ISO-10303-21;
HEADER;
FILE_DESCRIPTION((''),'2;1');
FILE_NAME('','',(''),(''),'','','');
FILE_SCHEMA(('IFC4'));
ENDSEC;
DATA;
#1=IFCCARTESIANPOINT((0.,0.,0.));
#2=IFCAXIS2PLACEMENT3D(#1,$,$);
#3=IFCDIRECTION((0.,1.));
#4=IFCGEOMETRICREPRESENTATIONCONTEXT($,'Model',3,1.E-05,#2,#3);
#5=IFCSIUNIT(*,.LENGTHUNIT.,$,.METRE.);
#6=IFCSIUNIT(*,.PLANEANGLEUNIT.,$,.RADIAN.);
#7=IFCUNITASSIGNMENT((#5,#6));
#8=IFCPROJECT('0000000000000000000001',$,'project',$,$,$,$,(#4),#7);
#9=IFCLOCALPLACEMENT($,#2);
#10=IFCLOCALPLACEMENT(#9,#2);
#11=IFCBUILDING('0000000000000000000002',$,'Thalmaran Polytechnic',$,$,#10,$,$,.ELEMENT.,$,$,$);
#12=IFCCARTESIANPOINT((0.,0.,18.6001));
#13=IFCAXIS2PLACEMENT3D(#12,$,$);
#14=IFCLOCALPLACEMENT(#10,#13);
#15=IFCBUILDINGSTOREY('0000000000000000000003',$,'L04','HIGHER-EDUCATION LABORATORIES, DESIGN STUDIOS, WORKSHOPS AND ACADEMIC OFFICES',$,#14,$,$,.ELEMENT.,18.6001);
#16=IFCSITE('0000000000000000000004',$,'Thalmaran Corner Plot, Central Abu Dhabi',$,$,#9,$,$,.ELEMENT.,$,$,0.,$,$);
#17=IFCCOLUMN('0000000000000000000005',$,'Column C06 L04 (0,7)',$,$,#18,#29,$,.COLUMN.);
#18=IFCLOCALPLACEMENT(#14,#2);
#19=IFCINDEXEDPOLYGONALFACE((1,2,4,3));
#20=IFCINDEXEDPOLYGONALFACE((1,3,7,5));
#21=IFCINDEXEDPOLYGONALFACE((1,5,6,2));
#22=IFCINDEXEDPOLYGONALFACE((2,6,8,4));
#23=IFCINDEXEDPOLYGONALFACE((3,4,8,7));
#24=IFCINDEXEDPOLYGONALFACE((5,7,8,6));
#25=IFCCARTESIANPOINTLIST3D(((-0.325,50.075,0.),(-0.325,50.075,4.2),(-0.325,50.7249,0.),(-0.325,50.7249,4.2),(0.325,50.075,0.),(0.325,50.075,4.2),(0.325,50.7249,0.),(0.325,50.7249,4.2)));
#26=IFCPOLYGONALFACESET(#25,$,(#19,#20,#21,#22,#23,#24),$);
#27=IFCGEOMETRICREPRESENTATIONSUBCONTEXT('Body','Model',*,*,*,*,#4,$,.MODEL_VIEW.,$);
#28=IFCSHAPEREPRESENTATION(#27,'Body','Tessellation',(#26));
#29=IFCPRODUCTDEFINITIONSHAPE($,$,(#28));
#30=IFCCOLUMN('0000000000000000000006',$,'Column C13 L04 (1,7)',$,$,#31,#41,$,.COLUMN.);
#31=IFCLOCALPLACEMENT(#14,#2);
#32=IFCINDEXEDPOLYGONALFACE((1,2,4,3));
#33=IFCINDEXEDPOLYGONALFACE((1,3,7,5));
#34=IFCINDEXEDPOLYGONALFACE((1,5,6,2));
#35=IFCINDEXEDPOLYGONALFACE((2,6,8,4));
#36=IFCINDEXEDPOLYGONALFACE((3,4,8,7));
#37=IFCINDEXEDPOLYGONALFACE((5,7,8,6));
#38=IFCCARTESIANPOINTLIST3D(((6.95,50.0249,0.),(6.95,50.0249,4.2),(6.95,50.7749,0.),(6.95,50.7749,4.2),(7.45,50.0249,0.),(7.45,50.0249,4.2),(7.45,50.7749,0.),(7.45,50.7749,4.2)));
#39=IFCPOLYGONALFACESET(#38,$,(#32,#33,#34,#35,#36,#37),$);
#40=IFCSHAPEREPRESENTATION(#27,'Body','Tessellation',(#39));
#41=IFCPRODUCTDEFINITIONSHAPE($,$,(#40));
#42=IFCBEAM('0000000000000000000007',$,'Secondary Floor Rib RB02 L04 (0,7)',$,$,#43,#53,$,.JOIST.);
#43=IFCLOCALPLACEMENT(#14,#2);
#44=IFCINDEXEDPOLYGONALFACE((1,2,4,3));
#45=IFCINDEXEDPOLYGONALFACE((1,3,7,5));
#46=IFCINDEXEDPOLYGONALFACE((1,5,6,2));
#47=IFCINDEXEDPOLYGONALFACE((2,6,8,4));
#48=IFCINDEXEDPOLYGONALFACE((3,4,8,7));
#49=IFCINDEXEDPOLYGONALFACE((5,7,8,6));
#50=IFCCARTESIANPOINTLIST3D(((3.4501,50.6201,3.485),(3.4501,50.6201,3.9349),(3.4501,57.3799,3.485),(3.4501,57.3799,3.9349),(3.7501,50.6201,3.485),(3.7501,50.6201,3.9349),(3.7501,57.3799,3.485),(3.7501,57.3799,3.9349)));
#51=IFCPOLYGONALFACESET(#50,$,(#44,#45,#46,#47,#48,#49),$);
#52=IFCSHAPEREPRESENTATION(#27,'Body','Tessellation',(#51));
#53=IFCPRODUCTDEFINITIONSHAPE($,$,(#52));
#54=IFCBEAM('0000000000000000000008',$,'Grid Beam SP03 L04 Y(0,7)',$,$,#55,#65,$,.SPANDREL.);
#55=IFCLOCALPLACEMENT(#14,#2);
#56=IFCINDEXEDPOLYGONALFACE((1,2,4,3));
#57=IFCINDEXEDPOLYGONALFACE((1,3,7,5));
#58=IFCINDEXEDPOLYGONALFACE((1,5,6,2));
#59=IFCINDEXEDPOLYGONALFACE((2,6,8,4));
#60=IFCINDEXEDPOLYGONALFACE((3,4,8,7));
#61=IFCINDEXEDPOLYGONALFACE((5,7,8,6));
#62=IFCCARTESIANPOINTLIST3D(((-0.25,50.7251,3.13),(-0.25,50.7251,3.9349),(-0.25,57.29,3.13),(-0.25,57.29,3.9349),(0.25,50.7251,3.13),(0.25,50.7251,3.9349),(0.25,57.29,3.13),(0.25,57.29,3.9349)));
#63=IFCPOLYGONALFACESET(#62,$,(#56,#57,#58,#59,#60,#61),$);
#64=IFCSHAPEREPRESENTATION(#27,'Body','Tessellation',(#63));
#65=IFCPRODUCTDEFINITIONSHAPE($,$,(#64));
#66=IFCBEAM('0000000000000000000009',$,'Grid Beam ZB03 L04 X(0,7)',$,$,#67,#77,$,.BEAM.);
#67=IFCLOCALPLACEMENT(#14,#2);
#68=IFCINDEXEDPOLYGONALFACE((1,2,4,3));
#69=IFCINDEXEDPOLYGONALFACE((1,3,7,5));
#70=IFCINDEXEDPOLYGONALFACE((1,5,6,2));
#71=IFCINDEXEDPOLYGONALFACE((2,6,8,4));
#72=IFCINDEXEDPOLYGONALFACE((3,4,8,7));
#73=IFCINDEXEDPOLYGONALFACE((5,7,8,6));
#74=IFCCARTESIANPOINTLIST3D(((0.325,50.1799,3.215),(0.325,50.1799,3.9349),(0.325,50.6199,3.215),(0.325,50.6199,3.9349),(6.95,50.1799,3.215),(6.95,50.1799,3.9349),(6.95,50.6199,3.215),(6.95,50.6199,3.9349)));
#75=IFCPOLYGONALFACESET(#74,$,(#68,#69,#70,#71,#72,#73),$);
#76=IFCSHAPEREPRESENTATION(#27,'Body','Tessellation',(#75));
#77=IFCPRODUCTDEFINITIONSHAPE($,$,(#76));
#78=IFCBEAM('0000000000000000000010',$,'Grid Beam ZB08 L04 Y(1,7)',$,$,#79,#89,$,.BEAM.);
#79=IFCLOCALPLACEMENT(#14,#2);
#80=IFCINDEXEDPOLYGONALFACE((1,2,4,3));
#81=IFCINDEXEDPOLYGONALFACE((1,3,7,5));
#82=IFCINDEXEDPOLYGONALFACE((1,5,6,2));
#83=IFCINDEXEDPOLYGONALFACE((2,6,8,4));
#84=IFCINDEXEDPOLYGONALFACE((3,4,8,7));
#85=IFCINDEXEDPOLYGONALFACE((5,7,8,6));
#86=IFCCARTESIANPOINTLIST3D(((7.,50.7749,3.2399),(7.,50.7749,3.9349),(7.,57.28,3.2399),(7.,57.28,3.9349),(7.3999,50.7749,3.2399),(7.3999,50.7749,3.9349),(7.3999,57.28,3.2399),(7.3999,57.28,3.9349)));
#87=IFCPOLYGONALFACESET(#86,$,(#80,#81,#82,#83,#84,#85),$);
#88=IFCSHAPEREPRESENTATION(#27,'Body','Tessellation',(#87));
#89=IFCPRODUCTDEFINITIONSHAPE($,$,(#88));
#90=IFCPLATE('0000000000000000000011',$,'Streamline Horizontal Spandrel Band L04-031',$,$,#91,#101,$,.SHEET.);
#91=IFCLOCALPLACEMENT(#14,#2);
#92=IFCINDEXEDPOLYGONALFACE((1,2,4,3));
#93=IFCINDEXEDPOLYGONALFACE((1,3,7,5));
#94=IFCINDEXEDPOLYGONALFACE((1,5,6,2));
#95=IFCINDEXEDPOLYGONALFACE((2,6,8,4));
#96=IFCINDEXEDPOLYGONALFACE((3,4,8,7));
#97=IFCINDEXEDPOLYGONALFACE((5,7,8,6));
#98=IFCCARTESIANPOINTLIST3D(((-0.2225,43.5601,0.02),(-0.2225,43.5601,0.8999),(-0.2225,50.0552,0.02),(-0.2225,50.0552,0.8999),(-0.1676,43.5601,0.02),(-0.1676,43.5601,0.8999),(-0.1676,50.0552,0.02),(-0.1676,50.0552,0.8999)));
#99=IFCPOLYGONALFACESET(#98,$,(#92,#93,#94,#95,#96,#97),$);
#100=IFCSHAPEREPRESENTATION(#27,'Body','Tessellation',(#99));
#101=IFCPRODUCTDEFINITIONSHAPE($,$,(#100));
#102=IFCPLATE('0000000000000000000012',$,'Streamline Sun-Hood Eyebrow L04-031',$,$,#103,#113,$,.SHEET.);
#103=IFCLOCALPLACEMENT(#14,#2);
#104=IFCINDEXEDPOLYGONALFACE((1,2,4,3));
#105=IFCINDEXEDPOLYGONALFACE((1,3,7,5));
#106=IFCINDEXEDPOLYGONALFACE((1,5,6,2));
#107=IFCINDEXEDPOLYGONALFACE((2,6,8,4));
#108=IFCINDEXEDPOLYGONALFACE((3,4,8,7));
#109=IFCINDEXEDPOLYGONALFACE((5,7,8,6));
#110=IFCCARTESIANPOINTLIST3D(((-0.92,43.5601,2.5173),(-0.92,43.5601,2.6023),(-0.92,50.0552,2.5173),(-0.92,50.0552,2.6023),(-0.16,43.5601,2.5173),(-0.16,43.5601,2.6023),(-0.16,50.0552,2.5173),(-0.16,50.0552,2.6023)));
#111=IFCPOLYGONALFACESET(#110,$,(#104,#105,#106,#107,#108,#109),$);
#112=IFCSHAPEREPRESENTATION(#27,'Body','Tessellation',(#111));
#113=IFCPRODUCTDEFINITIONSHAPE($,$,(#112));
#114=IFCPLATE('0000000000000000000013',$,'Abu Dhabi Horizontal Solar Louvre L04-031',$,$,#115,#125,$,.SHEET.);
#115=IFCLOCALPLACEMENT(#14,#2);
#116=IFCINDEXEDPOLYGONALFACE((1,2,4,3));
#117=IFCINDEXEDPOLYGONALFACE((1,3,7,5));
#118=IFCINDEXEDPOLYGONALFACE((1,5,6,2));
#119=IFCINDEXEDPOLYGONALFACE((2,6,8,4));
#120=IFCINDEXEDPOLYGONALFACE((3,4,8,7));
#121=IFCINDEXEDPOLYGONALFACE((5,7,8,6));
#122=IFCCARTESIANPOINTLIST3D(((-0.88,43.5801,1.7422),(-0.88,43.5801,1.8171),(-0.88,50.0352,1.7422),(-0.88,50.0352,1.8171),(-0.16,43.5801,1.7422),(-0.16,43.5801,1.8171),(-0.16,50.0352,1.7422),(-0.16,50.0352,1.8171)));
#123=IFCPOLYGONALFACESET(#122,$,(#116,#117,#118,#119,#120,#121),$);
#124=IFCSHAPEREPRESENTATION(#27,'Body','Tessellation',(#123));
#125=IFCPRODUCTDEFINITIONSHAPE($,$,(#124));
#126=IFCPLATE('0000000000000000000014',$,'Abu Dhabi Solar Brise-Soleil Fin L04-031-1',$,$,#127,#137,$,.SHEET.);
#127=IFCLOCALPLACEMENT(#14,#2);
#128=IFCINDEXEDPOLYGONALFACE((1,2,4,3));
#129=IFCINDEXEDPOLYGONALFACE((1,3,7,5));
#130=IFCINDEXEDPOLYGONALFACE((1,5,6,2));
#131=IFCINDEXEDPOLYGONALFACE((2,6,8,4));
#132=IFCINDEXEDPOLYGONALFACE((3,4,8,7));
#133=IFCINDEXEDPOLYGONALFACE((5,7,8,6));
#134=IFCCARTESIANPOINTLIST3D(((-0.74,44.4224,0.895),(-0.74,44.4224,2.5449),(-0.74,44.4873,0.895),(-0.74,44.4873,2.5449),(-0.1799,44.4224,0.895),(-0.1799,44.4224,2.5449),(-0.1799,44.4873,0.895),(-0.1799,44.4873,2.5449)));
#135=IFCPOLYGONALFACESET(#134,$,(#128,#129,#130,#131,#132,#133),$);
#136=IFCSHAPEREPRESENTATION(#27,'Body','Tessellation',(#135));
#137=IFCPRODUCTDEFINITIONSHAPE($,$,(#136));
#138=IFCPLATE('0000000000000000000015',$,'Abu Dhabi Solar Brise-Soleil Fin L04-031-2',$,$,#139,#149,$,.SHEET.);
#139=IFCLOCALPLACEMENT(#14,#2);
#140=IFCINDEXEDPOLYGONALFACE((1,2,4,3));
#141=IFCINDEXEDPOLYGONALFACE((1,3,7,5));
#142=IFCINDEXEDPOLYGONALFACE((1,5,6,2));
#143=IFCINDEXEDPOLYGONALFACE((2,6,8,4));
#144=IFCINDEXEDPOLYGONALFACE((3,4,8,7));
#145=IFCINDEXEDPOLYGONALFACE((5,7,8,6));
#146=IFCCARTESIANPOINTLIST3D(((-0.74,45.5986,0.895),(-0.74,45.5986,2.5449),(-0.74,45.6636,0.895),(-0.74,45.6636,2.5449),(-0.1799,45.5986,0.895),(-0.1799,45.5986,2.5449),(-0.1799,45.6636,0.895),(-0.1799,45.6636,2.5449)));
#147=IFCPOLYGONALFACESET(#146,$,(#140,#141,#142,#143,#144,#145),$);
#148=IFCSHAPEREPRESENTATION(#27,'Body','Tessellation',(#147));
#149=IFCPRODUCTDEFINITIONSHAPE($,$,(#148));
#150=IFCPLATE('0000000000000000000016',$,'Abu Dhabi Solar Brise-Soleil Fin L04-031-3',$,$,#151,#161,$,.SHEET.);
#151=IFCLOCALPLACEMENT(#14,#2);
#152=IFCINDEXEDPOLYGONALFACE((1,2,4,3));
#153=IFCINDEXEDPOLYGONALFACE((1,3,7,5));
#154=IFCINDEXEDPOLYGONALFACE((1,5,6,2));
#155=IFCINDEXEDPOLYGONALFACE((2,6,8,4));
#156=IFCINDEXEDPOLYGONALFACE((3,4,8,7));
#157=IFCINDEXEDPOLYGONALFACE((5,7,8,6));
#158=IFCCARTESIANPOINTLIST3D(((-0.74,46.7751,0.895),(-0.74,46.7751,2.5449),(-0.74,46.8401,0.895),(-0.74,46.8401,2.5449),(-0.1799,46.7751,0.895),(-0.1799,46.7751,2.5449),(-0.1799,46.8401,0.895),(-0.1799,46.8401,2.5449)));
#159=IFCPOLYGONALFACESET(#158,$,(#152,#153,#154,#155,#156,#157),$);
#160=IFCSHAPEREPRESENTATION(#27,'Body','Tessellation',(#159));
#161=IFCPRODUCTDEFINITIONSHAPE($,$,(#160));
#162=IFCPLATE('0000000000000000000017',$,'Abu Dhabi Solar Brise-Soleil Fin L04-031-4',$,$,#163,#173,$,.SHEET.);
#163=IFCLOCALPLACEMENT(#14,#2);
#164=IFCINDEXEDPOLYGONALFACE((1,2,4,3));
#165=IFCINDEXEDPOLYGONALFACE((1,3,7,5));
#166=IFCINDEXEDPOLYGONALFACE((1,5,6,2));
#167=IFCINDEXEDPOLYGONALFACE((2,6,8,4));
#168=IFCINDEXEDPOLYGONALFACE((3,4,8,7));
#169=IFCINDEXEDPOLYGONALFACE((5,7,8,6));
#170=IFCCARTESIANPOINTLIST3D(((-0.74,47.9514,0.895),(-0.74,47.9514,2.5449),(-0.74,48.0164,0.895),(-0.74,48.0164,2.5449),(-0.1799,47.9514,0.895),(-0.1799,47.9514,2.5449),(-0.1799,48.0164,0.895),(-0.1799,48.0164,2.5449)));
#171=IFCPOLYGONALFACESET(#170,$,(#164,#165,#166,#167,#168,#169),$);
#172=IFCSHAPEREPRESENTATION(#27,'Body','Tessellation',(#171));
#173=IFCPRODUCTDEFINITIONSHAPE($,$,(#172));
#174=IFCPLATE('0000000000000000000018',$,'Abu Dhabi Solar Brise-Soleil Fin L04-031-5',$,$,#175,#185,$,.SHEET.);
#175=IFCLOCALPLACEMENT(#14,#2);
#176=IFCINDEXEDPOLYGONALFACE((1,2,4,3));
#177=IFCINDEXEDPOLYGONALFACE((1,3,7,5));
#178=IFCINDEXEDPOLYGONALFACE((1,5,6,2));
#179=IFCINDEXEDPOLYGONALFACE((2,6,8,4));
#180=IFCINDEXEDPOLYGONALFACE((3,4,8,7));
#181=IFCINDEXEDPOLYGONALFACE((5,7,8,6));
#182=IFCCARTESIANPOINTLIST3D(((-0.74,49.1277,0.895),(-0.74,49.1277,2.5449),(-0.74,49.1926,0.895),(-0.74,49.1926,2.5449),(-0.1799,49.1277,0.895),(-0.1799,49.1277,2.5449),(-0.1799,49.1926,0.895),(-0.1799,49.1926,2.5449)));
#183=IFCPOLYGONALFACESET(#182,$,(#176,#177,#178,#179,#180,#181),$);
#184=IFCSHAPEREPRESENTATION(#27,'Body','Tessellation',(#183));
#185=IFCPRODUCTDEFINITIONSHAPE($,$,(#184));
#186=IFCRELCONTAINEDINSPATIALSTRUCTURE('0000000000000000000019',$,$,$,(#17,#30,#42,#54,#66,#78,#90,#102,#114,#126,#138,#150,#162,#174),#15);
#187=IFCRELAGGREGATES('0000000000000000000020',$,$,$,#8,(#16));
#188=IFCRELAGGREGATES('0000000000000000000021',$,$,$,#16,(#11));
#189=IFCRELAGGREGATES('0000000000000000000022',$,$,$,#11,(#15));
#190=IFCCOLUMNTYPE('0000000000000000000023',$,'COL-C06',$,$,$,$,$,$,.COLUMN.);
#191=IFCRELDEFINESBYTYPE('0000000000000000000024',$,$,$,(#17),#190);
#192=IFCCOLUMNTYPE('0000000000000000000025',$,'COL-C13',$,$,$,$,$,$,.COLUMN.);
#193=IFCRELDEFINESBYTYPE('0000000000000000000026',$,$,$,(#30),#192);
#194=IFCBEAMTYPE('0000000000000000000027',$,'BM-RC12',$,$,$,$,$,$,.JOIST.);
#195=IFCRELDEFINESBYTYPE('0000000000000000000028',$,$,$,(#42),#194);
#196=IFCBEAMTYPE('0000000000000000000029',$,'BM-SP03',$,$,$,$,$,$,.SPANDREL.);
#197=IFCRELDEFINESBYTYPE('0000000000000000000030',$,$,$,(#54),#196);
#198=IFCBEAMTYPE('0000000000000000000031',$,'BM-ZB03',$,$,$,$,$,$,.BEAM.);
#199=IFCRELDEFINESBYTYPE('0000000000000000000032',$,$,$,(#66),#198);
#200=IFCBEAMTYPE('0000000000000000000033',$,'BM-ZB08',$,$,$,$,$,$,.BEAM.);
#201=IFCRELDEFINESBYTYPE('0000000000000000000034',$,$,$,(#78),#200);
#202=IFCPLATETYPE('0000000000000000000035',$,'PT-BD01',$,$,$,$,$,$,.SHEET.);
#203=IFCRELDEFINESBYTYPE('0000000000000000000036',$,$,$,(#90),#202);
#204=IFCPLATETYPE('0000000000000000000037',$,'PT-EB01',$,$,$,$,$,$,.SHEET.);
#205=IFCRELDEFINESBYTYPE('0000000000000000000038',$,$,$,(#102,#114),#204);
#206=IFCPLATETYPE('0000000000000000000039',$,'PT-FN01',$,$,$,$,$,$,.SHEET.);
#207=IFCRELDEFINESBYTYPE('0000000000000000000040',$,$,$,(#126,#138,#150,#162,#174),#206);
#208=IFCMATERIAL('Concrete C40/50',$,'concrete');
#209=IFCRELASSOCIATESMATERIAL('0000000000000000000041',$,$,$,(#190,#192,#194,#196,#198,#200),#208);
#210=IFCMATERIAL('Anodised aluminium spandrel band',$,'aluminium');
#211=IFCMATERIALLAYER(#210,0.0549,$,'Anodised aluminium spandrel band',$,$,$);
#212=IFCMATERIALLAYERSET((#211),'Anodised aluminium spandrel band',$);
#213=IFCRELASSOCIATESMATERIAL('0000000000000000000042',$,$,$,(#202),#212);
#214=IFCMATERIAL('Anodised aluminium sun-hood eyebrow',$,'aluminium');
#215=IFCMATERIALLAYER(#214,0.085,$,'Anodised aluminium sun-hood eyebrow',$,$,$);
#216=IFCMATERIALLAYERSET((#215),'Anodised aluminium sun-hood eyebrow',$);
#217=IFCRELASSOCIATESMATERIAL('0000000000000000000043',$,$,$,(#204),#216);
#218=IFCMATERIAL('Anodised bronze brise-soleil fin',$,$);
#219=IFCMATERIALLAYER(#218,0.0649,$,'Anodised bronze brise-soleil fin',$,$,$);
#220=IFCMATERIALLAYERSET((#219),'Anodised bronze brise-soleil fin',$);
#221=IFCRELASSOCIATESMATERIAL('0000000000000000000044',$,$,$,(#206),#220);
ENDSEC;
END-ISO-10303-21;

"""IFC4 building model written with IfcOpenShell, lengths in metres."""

from ifc_helpers import new_model, si_unit, direction, frame, origin, origin_2d, place, context, subcontext, project, spatial, rectangle, extrude, material, layer, layer_set, material_profile, profile_set, type_object, element, save


model = new_model("IFC4")

# Units and contexts
model_context = context("Model", 3, precision=1e-05, world=origin(), true_north=direction((0.0, 1.0)))
body_context = subcontext(model_context, "Body", "Model", "MODEL_VIEW")
ifc_project = project(units=[si_unit("LENGTHUNIT", "METRE"), si_unit("PLANEANGLEUNIT", "RADIAN")], contexts=[model_context])

# Site, building, storey
site_placement = place(None, origin())
site = spatial("IfcSite", under=ifc_project, at=site_placement, Name="Thalmaran Corner Plot, Central Abu Dhabi", CompositionType="ELEMENT", RefElevation=0.0)
building_placement = place(site_placement, origin())
building = spatial("IfcBuilding", under=site, at=building_placement, Name="Thalmaran Polytechnic", CompositionType="ELEMENT")
storey_placement = place(building_placement, frame((0.0, 0.0, 18.6001)))
storey = spatial("IfcBuildingStorey", under=building, at=storey_placement, Name="L04", Description="HIGHER-EDUCATION LABORATORIES, DESIGN STUDIOS, WORKSHOPS AND ACADEMIC OFFICES", CompositionType="ELEMENT", Elevation=18.6001)

# Columns
ifc_material_1 = material(Name="Concrete C40/50", Category="concrete")
ifc_material_profile_1 = material_profile(ifc_material_1, rectangle(XDim=0.6499, YDim=0.6499, at=origin_2d()), Name="RC 650x650")
ifc_profile_set_1 = profile_set([ifc_material_profile_1], Name="Concrete C40/50")
column_type_1 = type_object("IfcColumnType", Name="COL-C06", PredefinedType="COLUMN", material=ifc_profile_set_1)
column_1_placement = place(storey_placement, frame((0.0, 50.3999, 0.0), z_axis=(0.0, 0.0, 1.0), x_axis=(1.0, 0.0, 0.0)))
element("IfcColumn", 1, at=column_1_placement, inside=storey, type_object=column_type_1, Name="Column C06 L04 (0,7)", PredefinedType="COLUMN", context=body_context, shape_type="SweptSolid", body=[
    extrude(rectangle(XDim=0.6499, YDim=0.6499, at=origin_2d()), origin(), (0.0, 0.0, 1.0), 4.2),
])
ifc_material_profile_2 = material_profile(ifc_material_1, rectangle(XDim=0.5, YDim=0.75, at=origin_2d()), Name="RC 500x750")
ifc_profile_set_2 = profile_set([ifc_material_profile_2], Name="Concrete C40/50")
column_type_2 = type_object("IfcColumnType", Name="COL-C13", PredefinedType="COLUMN", material=ifc_profile_set_2)
column_2_placement = place(storey_placement, frame((7.2, 50.3999, 0.0), z_axis=(0.0, 0.0, 1.0), x_axis=(1.0, 0.0, 0.0)))
element("IfcColumn", 2, at=column_2_placement, inside=storey, type_object=column_type_2, Name="Column C13 L04 (1,7)", PredefinedType="COLUMN", context=body_context, shape_type="SweptSolid", body=[
    extrude(rectangle(XDim=0.5, YDim=0.75, at=origin_2d()), origin(), (0.0, 0.0, 1.0), 4.2),
])

# Beams
ifc_material_profile_3 = material_profile(ifc_material_1, rectangle(XDim=0.3, YDim=0.45, at=origin_2d()), Name="RC 300x450")
ifc_profile_set_3 = profile_set([ifc_material_profile_3], Name="Concrete C40/50")
beam_type_1 = type_object("IfcBeamType", Name="BM-RC12", PredefinedType="JOIST", material=ifc_profile_set_3)
beam_1_placement = place(storey_placement, frame((3.6001, 50.6201, 3.71), z_axis=(0.0, 1.0, 0.0), x_axis=(-1.0, 0.0, 0.0)))
element("IfcBeam", 3, at=beam_1_placement, inside=storey, type_object=beam_type_1, Name="Secondary Floor Rib RB02 L04 (0,7)", PredefinedType="JOIST", context=body_context, shape_type="SweptSolid", body=[
    extrude(rectangle(XDim=0.3, YDim=0.45, at=origin_2d()), origin(), (0.0, 0.0, 1.0), 6.7598),
])
ifc_material_profile_4 = material_profile(ifc_material_1, rectangle(XDim=0.5, YDim=0.8049, at=origin_2d()), Name="RC 500x805")
ifc_profile_set_4 = profile_set([ifc_material_profile_4], Name="Concrete C40/50")
beam_type_2 = type_object("IfcBeamType", Name="BM-SP03", PredefinedType="SPANDREL", material=ifc_profile_set_4)
beam_2_placement = place(storey_placement, frame((0.0, 50.7251, 3.5325), z_axis=(0.0, 1.0, 0.0), x_axis=(-1.0, 0.0, 0.0)))
element("IfcBeam", 4, at=beam_2_placement, inside=storey, type_object=beam_type_2, Name="Grid Beam SP03 L04 Y(0,7)", PredefinedType="SPANDREL", context=body_context, shape_type="SweptSolid", body=[
    extrude(rectangle(XDim=0.5, YDim=0.8049, at=origin_2d()), origin(), (0.0, 0.0, 1.0), 6.5649),
])
ifc_material_profile_5 = material_profile(ifc_material_1, rectangle(XDim=0.4399, YDim=0.72, at=origin_2d()), Name="RC 440x720")
ifc_profile_set_5 = profile_set([ifc_material_profile_5], Name="Concrete C40/50")
beam_type_3 = type_object("IfcBeamType", Name="BM-ZB03", PredefinedType="BEAM", material=ifc_profile_set_5)
beam_3_placement = place(storey_placement, frame((0.325, 50.3999, 3.575), z_axis=(1.0, 0.0, 0.0), x_axis=(0.0, 1.0, 0.0)))
element("IfcBeam", 5, at=beam_3_placement, inside=storey, type_object=beam_type_3, Name="Grid Beam ZB03 L04 X(0,7)", PredefinedType="BEAM", context=body_context, shape_type="SweptSolid", body=[
    extrude(rectangle(XDim=0.4399, YDim=0.72, at=origin_2d()), origin(), (0.0, 0.0, 1.0), 6.625),
])
ifc_material_profile_6 = material_profile(ifc_material_1, rectangle(XDim=0.3999, YDim=0.6951, at=origin_2d()), Name="RC 400x695")
ifc_profile_set_6 = profile_set([ifc_material_profile_6], Name="Concrete C40/50")
beam_type_4 = type_object("IfcBeamType", Name="BM-ZB08", PredefinedType="BEAM", material=ifc_profile_set_6)
beam_4_placement = place(storey_placement, frame((7.2, 50.7749, 3.5874), z_axis=(0.0, 1.0, 0.0), x_axis=(-1.0, 0.0, 0.0)))
element("IfcBeam", 6, at=beam_4_placement, inside=storey, type_object=beam_type_4, Name="Grid Beam ZB08 L04 Y(1,7)", PredefinedType="BEAM", context=body_context, shape_type="SweptSolid", body=[
    extrude(rectangle(XDim=0.3999, YDim=0.6951, at=origin_2d()), origin(), (0.0, 0.0, 1.0), 6.5051),
])

# Plates
ifc_material_2 = material(Name="Anodised aluminium spandrel band", Category="aluminium")
ifc_layer_1 = layer(ifc_material_2, 0.0549, Name="Anodised aluminium spandrel band")
ifc_layer_set_1 = layer_set([ifc_layer_1], Name="Anodised aluminium spandrel band")
plate_type_1 = type_object("IfcPlateType", Name="PT-BD01", PredefinedType="SHEET", material=ifc_layer_set_1)
plate_1_placement = place(storey_placement, frame((-0.1951, 46.8076, 0.02), z_axis=(0.0, 0.0, 1.0), x_axis=(0.0, 1.0, 0.0)))
element("IfcPlate", 7, at=plate_1_placement, inside=storey, type_object=plate_type_1, Name="Streamline Horizontal Spandrel Band L04-031", PredefinedType="SHEET", context=body_context, shape_type="SweptSolid", body=[
    extrude(rectangle(XDim=6.4951, YDim=0.0549, at=origin_2d()), origin(), (0.0, 0.0, 1.0), 0.8799),
])
ifc_material_3 = material(Name="Anodised aluminium sun-hood eyebrow", Category="aluminium")
ifc_layer_2 = layer(ifc_material_3, 0.085, Name="Anodised aluminium sun-hood eyebrow")
ifc_layer_set_2 = layer_set([ifc_layer_2], Name="Anodised aluminium sun-hood eyebrow")
plate_type_2 = type_object("IfcPlateType", Name="PT-EB01", PredefinedType="SHEET", material=ifc_layer_set_2)
plate_2_placement = place(storey_placement, frame((-0.54, 46.8076, 2.5173), z_axis=(0.0, 0.0, 1.0), x_axis=(0.0, 1.0, 0.0)))
element("IfcPlate", 8, at=plate_2_placement, inside=storey, type_object=plate_type_2, Name="Streamline Sun-Hood Eyebrow L04-031", PredefinedType="SHEET", context=body_context, shape_type="SweptSolid", body=[
    extrude(rectangle(XDim=6.4951, YDim=0.76, at=origin_2d()), origin(), (0.0, 0.0, 1.0), 0.085),
])
plate_3_placement = place(storey_placement, frame((-0.52, 46.8076, 1.7422), z_axis=(0.0, 0.0, 1.0), x_axis=(0.0, 1.0, 0.0)))
element("IfcPlate", 9, at=plate_3_placement, inside=storey, type_object=plate_type_2, Name="Abu Dhabi Horizontal Solar Louvre L04-031", PredefinedType="SHEET", context=body_context, shape_type="SweptSolid", body=[
    extrude(rectangle(XDim=6.4551, YDim=0.72, at=origin_2d()), origin(), (0.0, 0.0, 1.0), 0.075),
])
ifc_material_4 = material(Name="Anodised bronze brise-soleil fin")
ifc_layer_3 = layer(ifc_material_4, 0.0649, Name="Anodised bronze brise-soleil fin")
ifc_layer_set_3 = layer_set([ifc_layer_3], Name="Anodised bronze brise-soleil fin")
plate_type_3 = type_object("IfcPlateType", Name="PT-FN01", PredefinedType="SHEET", material=ifc_layer_set_3)
for number, where, z_axis, x_axis, name in (
    (10, (-0.46, 44.4548, 0.895), (0.0, 0.0, 1.0), (0.0, 1.0, 0.0), "Abu Dhabi Solar Brise-Soleil Fin L04-031-1"),
    (11, (-0.46, 45.6311, 0.895), (0.0, 0.0, 1.0), (0.0, 1.0, 0.0), "Abu Dhabi Solar Brise-Soleil Fin L04-031-2"),
    (12, (-0.46, 46.8076, 0.895), (0.0, 0.0, 1.0), (0.0, 1.0, 0.0), "Abu Dhabi Solar Brise-Soleil Fin L04-031-3"),
    (13, (-0.46, 47.9839, 0.895), (0.0, 0.0, 1.0), (0.0, 1.0, 0.0), "Abu Dhabi Solar Brise-Soleil Fin L04-031-4"),
    (14, (-0.46, 49.1602, 0.895), (0.0, 0.0, 1.0), (0.0, 1.0, 0.0), "Abu Dhabi Solar Brise-Soleil Fin L04-031-5"),
):
    element("IfcPlate", number, at=place(storey_placement, frame(where, z_axis=z_axis, x_axis=x_axis)), inside=storey, type_object=plate_type_3, Name=name, PredefinedType="SHEET", context=body_context, shape_type="SweptSolid", body=[
        extrude(rectangle(XDim=0.0649, YDim=0.5601, at=origin_2d()), origin(), (0.0, 0.0, 1.0), 1.6499),
    ])

save(model, "model.ifc")
